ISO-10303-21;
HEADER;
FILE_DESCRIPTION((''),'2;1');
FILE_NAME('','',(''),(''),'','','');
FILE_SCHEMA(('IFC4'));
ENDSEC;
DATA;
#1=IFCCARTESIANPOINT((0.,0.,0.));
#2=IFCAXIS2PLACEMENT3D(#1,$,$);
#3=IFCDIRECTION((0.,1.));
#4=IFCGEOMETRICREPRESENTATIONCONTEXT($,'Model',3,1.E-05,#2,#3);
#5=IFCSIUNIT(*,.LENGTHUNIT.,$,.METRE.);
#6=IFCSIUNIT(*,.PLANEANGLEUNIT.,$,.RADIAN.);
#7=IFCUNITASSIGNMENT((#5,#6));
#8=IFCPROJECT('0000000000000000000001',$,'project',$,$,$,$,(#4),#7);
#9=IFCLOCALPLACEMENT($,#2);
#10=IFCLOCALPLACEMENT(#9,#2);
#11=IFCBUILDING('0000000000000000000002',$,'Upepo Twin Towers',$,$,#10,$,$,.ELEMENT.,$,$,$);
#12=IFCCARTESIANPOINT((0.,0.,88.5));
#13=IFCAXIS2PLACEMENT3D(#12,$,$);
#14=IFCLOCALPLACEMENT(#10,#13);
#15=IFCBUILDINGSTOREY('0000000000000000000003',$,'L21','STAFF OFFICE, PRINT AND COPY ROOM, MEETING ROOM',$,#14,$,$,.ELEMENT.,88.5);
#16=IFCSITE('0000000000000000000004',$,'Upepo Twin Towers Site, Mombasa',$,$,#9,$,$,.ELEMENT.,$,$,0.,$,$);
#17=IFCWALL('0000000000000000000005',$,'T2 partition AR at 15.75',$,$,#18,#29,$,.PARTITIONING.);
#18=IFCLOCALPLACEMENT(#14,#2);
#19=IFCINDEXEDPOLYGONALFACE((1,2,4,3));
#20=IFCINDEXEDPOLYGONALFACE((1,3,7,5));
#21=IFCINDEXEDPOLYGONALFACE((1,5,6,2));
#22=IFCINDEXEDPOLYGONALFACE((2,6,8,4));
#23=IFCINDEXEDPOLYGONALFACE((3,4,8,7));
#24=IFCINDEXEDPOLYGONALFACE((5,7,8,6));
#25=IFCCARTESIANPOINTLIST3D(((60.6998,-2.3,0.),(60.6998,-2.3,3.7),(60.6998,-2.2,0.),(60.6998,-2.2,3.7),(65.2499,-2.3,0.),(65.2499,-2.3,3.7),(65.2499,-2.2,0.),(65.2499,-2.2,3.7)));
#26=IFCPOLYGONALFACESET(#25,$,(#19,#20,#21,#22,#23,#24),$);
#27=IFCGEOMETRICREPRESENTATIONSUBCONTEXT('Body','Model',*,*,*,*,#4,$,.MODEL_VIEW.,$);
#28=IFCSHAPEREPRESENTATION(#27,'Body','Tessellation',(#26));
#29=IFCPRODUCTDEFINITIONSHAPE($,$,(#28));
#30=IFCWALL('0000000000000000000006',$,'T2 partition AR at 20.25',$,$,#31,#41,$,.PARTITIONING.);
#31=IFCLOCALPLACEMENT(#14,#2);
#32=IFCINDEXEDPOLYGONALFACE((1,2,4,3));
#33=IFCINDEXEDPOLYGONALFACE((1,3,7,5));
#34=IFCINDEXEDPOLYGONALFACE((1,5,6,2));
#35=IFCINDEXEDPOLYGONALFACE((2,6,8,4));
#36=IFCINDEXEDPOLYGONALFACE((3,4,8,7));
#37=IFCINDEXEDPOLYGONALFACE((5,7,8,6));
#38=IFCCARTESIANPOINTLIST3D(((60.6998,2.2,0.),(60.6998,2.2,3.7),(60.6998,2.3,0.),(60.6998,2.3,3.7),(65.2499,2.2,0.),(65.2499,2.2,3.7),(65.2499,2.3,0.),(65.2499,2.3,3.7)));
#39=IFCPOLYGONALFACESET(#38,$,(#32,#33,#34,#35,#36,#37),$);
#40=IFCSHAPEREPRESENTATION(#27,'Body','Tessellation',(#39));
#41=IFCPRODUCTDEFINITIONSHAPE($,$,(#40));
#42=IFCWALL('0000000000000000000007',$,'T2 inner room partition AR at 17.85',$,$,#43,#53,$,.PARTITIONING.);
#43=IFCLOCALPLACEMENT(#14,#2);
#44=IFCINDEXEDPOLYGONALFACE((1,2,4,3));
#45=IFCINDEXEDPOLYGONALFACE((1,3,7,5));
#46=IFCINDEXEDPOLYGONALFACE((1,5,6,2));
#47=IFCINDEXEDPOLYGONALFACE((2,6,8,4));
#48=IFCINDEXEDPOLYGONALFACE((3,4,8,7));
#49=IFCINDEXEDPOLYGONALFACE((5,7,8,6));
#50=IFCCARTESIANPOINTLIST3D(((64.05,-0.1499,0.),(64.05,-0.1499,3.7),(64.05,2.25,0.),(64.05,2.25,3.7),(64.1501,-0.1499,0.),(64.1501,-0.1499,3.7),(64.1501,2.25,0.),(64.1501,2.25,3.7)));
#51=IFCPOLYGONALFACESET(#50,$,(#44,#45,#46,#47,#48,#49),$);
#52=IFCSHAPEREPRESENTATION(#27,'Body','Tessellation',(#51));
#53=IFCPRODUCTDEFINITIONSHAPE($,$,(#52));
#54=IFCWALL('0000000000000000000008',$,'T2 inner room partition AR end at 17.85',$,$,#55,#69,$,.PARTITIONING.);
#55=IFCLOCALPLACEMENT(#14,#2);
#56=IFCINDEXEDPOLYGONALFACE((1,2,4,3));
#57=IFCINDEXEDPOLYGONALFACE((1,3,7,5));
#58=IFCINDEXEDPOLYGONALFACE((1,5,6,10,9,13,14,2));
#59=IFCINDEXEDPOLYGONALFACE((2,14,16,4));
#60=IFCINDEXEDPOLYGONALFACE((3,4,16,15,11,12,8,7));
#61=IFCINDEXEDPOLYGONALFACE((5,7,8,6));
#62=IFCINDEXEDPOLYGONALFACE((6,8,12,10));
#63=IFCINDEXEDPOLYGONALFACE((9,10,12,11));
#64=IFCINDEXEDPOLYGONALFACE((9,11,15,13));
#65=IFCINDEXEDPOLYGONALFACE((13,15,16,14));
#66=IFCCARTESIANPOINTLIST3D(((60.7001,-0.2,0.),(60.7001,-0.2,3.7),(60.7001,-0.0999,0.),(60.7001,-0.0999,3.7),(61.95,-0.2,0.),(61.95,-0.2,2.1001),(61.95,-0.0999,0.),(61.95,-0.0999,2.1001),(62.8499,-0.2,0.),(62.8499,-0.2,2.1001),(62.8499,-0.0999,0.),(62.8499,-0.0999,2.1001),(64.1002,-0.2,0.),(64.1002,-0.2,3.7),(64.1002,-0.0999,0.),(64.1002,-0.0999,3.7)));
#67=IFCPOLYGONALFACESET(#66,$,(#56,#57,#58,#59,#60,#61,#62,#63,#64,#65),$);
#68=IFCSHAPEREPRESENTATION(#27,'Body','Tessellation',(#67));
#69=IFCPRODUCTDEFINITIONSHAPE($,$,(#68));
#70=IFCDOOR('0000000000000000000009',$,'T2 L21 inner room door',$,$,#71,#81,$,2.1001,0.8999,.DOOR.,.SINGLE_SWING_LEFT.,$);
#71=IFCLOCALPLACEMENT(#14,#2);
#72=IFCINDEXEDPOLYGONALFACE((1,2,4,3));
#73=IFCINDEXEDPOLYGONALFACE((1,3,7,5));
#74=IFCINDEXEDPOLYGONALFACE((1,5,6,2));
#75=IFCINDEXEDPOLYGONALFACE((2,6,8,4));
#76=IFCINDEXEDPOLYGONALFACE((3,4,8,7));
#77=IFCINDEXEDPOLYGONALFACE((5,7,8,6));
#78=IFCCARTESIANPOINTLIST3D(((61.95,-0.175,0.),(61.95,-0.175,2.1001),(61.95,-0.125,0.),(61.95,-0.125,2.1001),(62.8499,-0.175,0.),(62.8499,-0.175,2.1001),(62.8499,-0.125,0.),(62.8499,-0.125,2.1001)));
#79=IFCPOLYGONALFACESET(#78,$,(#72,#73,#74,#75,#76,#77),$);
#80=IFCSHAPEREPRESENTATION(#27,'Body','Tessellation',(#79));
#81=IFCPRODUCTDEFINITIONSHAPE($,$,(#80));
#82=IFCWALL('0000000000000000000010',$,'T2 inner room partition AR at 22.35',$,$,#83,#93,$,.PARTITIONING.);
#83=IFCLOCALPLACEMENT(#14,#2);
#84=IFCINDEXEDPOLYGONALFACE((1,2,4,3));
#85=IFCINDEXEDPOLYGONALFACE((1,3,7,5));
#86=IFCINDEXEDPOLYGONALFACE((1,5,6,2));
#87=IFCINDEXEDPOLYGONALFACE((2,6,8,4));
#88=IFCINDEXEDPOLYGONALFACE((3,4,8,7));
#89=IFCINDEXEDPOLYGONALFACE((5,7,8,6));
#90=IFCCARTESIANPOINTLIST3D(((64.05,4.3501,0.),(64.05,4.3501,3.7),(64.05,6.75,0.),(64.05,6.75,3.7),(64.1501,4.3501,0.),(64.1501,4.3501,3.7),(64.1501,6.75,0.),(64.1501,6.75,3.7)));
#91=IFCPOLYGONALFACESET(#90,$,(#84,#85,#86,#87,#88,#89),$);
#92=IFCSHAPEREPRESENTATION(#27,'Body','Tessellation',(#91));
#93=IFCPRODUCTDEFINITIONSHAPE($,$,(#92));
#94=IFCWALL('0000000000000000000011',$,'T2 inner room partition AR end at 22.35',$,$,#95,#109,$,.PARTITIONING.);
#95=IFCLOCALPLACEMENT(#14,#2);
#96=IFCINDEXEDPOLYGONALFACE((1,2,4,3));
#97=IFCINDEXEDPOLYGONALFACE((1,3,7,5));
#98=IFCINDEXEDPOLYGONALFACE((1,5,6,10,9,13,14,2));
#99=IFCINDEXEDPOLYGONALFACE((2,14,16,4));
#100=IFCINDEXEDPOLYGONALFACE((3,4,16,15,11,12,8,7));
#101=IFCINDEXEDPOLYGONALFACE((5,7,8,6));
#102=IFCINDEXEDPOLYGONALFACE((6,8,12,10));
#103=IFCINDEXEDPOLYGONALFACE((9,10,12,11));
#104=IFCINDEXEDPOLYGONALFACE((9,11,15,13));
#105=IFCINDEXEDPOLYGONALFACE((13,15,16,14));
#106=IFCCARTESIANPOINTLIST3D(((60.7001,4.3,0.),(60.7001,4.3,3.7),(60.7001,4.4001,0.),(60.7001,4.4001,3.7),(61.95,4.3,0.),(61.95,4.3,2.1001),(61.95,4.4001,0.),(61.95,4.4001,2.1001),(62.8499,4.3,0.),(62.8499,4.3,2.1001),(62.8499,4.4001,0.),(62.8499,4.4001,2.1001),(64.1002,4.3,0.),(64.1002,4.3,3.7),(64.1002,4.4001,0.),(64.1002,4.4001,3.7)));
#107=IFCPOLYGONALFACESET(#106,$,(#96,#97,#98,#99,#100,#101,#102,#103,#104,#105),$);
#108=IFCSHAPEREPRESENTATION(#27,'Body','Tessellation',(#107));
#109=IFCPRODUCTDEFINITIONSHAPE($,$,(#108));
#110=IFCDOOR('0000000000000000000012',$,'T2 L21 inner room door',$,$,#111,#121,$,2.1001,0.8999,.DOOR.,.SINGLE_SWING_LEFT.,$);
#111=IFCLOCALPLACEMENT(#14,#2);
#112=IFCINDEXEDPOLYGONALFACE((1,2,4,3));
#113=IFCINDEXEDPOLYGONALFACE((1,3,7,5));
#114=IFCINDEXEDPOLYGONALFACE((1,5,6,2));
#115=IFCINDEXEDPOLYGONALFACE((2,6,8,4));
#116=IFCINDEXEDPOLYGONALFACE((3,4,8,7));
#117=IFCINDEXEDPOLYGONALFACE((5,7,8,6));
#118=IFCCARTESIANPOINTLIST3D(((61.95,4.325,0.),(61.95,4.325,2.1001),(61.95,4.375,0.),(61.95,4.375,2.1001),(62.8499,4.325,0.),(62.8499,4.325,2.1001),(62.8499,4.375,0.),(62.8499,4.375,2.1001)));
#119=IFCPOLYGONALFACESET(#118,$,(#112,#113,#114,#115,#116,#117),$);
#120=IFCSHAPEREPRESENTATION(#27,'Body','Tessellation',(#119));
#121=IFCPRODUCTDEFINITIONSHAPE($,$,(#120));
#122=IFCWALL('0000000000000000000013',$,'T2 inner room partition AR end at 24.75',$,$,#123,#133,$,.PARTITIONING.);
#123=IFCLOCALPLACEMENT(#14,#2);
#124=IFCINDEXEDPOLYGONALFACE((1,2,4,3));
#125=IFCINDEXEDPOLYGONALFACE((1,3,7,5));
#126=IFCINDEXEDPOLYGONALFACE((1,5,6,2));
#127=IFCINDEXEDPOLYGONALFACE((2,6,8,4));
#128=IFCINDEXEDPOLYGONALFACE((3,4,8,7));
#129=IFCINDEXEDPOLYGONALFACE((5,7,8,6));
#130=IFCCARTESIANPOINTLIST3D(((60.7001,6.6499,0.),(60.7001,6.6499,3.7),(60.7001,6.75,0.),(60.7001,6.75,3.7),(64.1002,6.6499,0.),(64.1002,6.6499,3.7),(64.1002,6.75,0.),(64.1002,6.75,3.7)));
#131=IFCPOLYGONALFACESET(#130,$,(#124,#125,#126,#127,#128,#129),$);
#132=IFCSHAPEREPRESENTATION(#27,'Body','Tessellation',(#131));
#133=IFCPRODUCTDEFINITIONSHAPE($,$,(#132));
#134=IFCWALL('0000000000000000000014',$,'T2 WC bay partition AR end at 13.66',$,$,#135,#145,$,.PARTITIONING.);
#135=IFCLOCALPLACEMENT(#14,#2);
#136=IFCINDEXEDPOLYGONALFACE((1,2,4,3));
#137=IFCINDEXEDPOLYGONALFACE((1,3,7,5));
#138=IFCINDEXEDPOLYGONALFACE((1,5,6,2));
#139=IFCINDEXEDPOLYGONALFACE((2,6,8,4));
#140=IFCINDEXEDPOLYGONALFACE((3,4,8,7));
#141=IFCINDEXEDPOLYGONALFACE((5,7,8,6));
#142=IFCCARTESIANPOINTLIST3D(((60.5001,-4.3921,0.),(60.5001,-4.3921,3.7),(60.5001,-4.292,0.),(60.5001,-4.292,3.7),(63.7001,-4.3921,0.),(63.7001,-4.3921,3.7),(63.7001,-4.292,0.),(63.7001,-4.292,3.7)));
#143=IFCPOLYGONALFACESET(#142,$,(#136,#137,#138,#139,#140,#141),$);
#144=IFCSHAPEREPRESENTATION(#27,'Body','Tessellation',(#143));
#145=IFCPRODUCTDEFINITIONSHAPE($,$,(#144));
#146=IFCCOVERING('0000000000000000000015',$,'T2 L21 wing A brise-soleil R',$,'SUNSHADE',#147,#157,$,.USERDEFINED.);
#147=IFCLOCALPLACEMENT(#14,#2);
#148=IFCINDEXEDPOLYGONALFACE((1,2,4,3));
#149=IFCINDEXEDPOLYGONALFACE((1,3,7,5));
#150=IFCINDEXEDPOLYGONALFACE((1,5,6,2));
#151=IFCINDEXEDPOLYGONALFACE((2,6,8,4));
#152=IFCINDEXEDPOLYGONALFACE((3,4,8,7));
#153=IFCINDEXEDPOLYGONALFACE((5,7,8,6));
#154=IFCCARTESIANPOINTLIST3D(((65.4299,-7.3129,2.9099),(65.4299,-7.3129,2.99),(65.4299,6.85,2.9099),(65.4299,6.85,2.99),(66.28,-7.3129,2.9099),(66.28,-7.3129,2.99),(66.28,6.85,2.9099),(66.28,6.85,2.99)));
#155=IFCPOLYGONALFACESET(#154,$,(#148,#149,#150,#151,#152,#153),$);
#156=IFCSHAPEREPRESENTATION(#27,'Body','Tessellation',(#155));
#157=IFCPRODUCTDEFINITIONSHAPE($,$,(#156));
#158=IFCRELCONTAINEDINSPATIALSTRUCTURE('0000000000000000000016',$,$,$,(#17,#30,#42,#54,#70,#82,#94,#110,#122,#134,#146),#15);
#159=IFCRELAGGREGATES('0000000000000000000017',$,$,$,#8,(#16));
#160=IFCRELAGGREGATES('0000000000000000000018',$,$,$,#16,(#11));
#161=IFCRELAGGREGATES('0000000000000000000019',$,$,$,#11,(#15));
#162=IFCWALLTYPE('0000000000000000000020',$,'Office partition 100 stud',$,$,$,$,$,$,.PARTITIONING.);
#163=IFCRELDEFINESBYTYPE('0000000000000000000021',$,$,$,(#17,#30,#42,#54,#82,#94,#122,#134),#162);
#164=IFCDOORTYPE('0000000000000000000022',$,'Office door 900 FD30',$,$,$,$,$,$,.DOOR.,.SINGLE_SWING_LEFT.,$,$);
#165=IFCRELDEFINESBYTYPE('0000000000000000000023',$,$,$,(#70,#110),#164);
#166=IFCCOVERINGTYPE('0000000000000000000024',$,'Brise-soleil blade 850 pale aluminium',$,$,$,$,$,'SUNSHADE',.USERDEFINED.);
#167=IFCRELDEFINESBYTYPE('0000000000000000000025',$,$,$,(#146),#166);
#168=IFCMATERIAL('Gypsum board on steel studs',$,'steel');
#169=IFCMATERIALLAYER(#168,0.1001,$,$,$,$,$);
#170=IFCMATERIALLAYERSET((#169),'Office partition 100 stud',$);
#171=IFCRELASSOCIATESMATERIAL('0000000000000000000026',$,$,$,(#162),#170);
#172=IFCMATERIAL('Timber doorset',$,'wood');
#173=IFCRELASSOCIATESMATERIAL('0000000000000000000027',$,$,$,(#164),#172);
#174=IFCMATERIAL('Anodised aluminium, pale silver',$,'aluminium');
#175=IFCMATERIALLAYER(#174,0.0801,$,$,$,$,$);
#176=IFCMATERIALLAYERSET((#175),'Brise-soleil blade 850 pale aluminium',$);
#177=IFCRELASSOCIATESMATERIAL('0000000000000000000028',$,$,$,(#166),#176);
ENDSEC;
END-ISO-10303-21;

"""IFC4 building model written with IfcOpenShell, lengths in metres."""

from ifc_helpers import new_model, si_unit, direction, frame, frame_2d, origin, origin_2d, place, context, subcontext, project, spatial, rectangle, extrude, material, layer, layer_set, type_object, element, fill, save


model = new_model("IFC4")

# Units and contexts
model_context = context("Model", 3, precision=1e-05, world=origin(), true_north=direction((0.0, 1.0)))
body_context = subcontext(model_context, "Body", "Model", "MODEL_VIEW")
ifc_project = project(units=[si_unit("LENGTHUNIT", "METRE"), si_unit("PLANEANGLEUNIT", "RADIAN")], contexts=[model_context])

# Site, building, storey
site_placement = place(None, origin())
site = spatial("IfcSite", under=ifc_project, at=site_placement, Name="Upepo Twin Towers Site, Mombasa", CompositionType="ELEMENT", RefElevation=0.0)
building_placement = place(site_placement, origin())
building = spatial("IfcBuilding", under=site, at=building_placement, Name="Upepo Twin Towers", CompositionType="ELEMENT")
storey_placement = place(building_placement, frame((0.0, 0.0, 88.5)))
storey = spatial("IfcBuildingStorey", under=building, at=storey_placement, Name="L21", Description="STAFF OFFICE, PRINT AND COPY ROOM, MEETING ROOM", CompositionType="ELEMENT", Elevation=88.5)

# Walls
ifc_material_1 = material(Name="Gypsum board on steel studs", Category="steel")
ifc_layer_1 = layer(ifc_material_1, 0.1001)
ifc_layer_set_1 = layer_set([ifc_layer_1], Name="Office partition 100 stud")
wall_type_1 = type_object("IfcWallType", Name="Office partition 100 stud", PredefinedType="PARTITIONING", material=ifc_layer_set_1)
for number, where, z_axis, x_axis, name in (
    (1, (60.7, -2.25, 0.0), (0.0, 0.0, 1.0), (1.0, 0.0, 0.0), "T2 partition AR at 15.75"),
    (2, (60.7, 2.25, 0.0), (0.0, 0.0, 1.0), (1.0, 0.0, 0.0), "T2 partition AR at 20.25"),
):
    element("IfcWall", number, at=place(storey_placement, frame(where, z_axis=z_axis, x_axis=x_axis)), inside=storey, type_object=wall_type_1, Name=name, PredefinedType="PARTITIONING", context=body_context, shape_type="SweptSolid", body=[
        extrude(rectangle(XDim=4.55, YDim=0.1001, at=frame_2d((2.2749, 0.0))), origin(), (0.0, 0.0, 1.0), 3.7),
    ])
wall_1_placement = place(storey_placement, frame((64.1001, -0.1499, 0.0), z_axis=(0.0, 0.0, 1.0), x_axis=(0.0, 1.0, 0.0)))
element("IfcWall", 3, at=wall_1_placement, inside=storey, type_object=wall_type_1, Name="T2 inner room partition AR at 17.85", PredefinedType="PARTITIONING", context=body_context, shape_type="SweptSolid", body=[
    extrude(rectangle(XDim=2.3999, YDim=0.1001, at=frame_2d((1.2, 0.0))), origin(), (0.0, 0.0, 1.0), 3.7),
])

# Wall, opening, door
wall_2_placement = place(storey_placement, frame((60.7, -0.1499, 0.0), z_axis=(0.0, 0.0, 1.0), x_axis=(1.0, 0.0, 0.0)))
wall_2 = element("IfcWall", 4, at=wall_2_placement, inside=storey, type_object=wall_type_1, Name="T2 inner room partition AR end at 17.85", PredefinedType="PARTITIONING", context=body_context, shape_type="SweptSolid", body=[
    extrude(rectangle(XDim=3.4001, YDim=0.1001, at=frame_2d((1.7002, 0.0))), origin(), (0.0, 0.0, 1.0), 3.7),
])
opening_1_placement = place(wall_2_placement, frame((1.25, 0.0, 0.0)))
opening_1 = element("IfcOpeningElement", 5, at=opening_1_placement, cuts=wall_2, PredefinedType="OPENING", context=body_context, shape_type="SweptSolid", body=[
    extrude(rectangle(XDim=0.8999, YDim=2.1001, at=frame_2d((0.45, 1.05))), frame((0.0, 0.0601, 0.0), z_axis=(0.0, -1.0, 0.0), x_axis=(1.0, 0.0, 0.0)), (0.0, 0.0, 1.0), 0.1201),
])
ifc_material_2 = material(Name="Timber doorset", Category="wood")
door_type = type_object("IfcDoorType", Name="Office door 900 FD30", OperationType="SINGLE_SWING_LEFT", PredefinedType="DOOR", material=ifc_material_2)
door_1_placement = place(opening_1_placement, origin())
door_1 = element("IfcDoor", 6, at=door_1_placement, inside=storey, type_object=door_type, Name="T2 L21 inner room door", OperationType="SINGLE_SWING_LEFT", OverallHeight=2.1001, OverallWidth=0.8999, PredefinedType="DOOR", context=body_context, shape_type="SweptSolid", body=[
    extrude(rectangle(XDim=0.8999, YDim=2.1001, at=frame_2d((0.45, 1.05))), frame((0.0, 0.0249, 0.0), z_axis=(0.0, -1.0, 0.0), x_axis=(1.0, 0.0, 0.0)), (0.0, 0.0, 1.0), 0.05),
])
fill(opening_1, door_1)

# Wall
wall_3_placement = place(storey_placement, frame((64.1001, 4.3501, 0.0), z_axis=(0.0, 0.0, 1.0), x_axis=(0.0, 1.0, 0.0)))
element("IfcWall", 7, at=wall_3_placement, inside=storey, type_object=wall_type_1, Name="T2 inner room partition AR at 22.35", PredefinedType="PARTITIONING", context=body_context, shape_type="SweptSolid", body=[
    extrude(rectangle(XDim=2.3999, YDim=0.1001, at=frame_2d((1.2, 0.0))), origin(), (0.0, 0.0, 1.0), 3.7),
])

# Wall, opening, door
wall_4_placement = place(storey_placement, frame((60.7, 4.3501, 0.0), z_axis=(0.0, 0.0, 1.0), x_axis=(1.0, 0.0, 0.0)))
wall_4 = element("IfcWall", 8, at=wall_4_placement, inside=storey, type_object=wall_type_1, Name="T2 inner room partition AR end at 22.35", PredefinedType="PARTITIONING", context=body_context, shape_type="SweptSolid", body=[
    extrude(rectangle(XDim=3.4001, YDim=0.1001, at=frame_2d((1.7002, 0.0))), origin(), (0.0, 0.0, 1.0), 3.7),
])
opening_2_placement = place(wall_4_placement, frame((1.25, 0.0, 0.0)))
opening_2 = element("IfcOpeningElement", 9, at=opening_2_placement, cuts=wall_4, PredefinedType="OPENING", context=body_context, shape_type="SweptSolid", body=[
    extrude(rectangle(XDim=0.8999, YDim=2.1001, at=frame_2d((0.45, 1.05))), frame((0.0, 0.0601, 0.0), z_axis=(0.0, -1.0, 0.0), x_axis=(1.0, 0.0, 0.0)), (0.0, 0.0, 1.0), 0.1201),
])
door_2_placement = place(opening_2_placement, origin())
door_2 = element("IfcDoor", 10, at=door_2_placement, inside=storey, type_object=door_type, Name="T2 L21 inner room door", OperationType="SINGLE_SWING_LEFT", OverallHeight=2.1001, OverallWidth=0.8999, PredefinedType="DOOR", context=body_context, shape_type="SweptSolid", body=[
    extrude(rectangle(XDim=0.8999, YDim=2.1001, at=frame_2d((0.45, 1.05))), frame((0.0, 0.0249, 0.0), z_axis=(0.0, -1.0, 0.0), x_axis=(1.0, 0.0, 0.0)), (0.0, 0.0, 1.0), 0.05),
])
fill(opening_2, door_2)

# Walls
wall_5_placement = place(storey_placement, frame((60.7, 6.7, 0.0), z_axis=(0.0, 0.0, 1.0), x_axis=(1.0, 0.0, 0.0)))
element("IfcWall", 11, at=wall_5_placement, inside=storey, type_object=wall_type_1, Name="T2 inner room partition AR end at 24.75", PredefinedType="PARTITIONING", context=body_context, shape_type="SweptSolid", body=[
    extrude(rectangle(XDim=3.4001, YDim=0.1001, at=frame_2d((1.7002, 0.0))), origin(), (0.0, 0.0, 1.0), 3.7),
])
wall_6_placement = place(storey_placement, frame((60.5, -4.342, 0.0), z_axis=(0.0, 0.0, 1.0), x_axis=(1.0, 0.0, 0.0)))
element("IfcWall", 12, at=wall_6_placement, inside=storey, type_object=wall_type_1, Name="T2 WC bay partition AR end at 13.66", PredefinedType="PARTITIONING", context=body_context, shape_type="SweptSolid", body=[
    extrude(rectangle(XDim=3.2, YDim=0.1001, at=frame_2d((1.6001, 0.0))), origin(), (0.0, 0.0, 1.0), 3.7),
])

# Covering
ifc_material_3 = material(Name="Anodised aluminium, pale silver", Category="aluminium")
ifc_layer_2 = layer(ifc_material_3, 0.0801)
ifc_layer_set_2 = layer_set([ifc_layer_2], Name="Brise-soleil blade 850 pale aluminium")
covering_type = type_object("IfcCoveringType", Name="Brise-soleil blade 850 pale aluminium", ElementType="SUNSHADE", PredefinedType="USERDEFINED", material=ifc_layer_set_2)
covering_placement = place(storey_placement, frame((65.855, -0.2314, 2.9099), z_axis=(0.0, 0.0, 1.0), x_axis=(0.0, 1.0, 0.0)))
element("IfcCovering", 13, at=covering_placement, inside=storey, type_object=covering_type, Name="T2 L21 wing A brise-soleil R", ObjectType="SUNSHADE", PredefinedType="USERDEFINED", context=body_context, shape_type="SweptSolid", body=[
    extrude(rectangle(XDim=14.1628, YDim=0.8501, at=origin_2d()), origin(), (0.0, 0.0, 1.0), 0.0801),
])

save(model, "model.ifc")
